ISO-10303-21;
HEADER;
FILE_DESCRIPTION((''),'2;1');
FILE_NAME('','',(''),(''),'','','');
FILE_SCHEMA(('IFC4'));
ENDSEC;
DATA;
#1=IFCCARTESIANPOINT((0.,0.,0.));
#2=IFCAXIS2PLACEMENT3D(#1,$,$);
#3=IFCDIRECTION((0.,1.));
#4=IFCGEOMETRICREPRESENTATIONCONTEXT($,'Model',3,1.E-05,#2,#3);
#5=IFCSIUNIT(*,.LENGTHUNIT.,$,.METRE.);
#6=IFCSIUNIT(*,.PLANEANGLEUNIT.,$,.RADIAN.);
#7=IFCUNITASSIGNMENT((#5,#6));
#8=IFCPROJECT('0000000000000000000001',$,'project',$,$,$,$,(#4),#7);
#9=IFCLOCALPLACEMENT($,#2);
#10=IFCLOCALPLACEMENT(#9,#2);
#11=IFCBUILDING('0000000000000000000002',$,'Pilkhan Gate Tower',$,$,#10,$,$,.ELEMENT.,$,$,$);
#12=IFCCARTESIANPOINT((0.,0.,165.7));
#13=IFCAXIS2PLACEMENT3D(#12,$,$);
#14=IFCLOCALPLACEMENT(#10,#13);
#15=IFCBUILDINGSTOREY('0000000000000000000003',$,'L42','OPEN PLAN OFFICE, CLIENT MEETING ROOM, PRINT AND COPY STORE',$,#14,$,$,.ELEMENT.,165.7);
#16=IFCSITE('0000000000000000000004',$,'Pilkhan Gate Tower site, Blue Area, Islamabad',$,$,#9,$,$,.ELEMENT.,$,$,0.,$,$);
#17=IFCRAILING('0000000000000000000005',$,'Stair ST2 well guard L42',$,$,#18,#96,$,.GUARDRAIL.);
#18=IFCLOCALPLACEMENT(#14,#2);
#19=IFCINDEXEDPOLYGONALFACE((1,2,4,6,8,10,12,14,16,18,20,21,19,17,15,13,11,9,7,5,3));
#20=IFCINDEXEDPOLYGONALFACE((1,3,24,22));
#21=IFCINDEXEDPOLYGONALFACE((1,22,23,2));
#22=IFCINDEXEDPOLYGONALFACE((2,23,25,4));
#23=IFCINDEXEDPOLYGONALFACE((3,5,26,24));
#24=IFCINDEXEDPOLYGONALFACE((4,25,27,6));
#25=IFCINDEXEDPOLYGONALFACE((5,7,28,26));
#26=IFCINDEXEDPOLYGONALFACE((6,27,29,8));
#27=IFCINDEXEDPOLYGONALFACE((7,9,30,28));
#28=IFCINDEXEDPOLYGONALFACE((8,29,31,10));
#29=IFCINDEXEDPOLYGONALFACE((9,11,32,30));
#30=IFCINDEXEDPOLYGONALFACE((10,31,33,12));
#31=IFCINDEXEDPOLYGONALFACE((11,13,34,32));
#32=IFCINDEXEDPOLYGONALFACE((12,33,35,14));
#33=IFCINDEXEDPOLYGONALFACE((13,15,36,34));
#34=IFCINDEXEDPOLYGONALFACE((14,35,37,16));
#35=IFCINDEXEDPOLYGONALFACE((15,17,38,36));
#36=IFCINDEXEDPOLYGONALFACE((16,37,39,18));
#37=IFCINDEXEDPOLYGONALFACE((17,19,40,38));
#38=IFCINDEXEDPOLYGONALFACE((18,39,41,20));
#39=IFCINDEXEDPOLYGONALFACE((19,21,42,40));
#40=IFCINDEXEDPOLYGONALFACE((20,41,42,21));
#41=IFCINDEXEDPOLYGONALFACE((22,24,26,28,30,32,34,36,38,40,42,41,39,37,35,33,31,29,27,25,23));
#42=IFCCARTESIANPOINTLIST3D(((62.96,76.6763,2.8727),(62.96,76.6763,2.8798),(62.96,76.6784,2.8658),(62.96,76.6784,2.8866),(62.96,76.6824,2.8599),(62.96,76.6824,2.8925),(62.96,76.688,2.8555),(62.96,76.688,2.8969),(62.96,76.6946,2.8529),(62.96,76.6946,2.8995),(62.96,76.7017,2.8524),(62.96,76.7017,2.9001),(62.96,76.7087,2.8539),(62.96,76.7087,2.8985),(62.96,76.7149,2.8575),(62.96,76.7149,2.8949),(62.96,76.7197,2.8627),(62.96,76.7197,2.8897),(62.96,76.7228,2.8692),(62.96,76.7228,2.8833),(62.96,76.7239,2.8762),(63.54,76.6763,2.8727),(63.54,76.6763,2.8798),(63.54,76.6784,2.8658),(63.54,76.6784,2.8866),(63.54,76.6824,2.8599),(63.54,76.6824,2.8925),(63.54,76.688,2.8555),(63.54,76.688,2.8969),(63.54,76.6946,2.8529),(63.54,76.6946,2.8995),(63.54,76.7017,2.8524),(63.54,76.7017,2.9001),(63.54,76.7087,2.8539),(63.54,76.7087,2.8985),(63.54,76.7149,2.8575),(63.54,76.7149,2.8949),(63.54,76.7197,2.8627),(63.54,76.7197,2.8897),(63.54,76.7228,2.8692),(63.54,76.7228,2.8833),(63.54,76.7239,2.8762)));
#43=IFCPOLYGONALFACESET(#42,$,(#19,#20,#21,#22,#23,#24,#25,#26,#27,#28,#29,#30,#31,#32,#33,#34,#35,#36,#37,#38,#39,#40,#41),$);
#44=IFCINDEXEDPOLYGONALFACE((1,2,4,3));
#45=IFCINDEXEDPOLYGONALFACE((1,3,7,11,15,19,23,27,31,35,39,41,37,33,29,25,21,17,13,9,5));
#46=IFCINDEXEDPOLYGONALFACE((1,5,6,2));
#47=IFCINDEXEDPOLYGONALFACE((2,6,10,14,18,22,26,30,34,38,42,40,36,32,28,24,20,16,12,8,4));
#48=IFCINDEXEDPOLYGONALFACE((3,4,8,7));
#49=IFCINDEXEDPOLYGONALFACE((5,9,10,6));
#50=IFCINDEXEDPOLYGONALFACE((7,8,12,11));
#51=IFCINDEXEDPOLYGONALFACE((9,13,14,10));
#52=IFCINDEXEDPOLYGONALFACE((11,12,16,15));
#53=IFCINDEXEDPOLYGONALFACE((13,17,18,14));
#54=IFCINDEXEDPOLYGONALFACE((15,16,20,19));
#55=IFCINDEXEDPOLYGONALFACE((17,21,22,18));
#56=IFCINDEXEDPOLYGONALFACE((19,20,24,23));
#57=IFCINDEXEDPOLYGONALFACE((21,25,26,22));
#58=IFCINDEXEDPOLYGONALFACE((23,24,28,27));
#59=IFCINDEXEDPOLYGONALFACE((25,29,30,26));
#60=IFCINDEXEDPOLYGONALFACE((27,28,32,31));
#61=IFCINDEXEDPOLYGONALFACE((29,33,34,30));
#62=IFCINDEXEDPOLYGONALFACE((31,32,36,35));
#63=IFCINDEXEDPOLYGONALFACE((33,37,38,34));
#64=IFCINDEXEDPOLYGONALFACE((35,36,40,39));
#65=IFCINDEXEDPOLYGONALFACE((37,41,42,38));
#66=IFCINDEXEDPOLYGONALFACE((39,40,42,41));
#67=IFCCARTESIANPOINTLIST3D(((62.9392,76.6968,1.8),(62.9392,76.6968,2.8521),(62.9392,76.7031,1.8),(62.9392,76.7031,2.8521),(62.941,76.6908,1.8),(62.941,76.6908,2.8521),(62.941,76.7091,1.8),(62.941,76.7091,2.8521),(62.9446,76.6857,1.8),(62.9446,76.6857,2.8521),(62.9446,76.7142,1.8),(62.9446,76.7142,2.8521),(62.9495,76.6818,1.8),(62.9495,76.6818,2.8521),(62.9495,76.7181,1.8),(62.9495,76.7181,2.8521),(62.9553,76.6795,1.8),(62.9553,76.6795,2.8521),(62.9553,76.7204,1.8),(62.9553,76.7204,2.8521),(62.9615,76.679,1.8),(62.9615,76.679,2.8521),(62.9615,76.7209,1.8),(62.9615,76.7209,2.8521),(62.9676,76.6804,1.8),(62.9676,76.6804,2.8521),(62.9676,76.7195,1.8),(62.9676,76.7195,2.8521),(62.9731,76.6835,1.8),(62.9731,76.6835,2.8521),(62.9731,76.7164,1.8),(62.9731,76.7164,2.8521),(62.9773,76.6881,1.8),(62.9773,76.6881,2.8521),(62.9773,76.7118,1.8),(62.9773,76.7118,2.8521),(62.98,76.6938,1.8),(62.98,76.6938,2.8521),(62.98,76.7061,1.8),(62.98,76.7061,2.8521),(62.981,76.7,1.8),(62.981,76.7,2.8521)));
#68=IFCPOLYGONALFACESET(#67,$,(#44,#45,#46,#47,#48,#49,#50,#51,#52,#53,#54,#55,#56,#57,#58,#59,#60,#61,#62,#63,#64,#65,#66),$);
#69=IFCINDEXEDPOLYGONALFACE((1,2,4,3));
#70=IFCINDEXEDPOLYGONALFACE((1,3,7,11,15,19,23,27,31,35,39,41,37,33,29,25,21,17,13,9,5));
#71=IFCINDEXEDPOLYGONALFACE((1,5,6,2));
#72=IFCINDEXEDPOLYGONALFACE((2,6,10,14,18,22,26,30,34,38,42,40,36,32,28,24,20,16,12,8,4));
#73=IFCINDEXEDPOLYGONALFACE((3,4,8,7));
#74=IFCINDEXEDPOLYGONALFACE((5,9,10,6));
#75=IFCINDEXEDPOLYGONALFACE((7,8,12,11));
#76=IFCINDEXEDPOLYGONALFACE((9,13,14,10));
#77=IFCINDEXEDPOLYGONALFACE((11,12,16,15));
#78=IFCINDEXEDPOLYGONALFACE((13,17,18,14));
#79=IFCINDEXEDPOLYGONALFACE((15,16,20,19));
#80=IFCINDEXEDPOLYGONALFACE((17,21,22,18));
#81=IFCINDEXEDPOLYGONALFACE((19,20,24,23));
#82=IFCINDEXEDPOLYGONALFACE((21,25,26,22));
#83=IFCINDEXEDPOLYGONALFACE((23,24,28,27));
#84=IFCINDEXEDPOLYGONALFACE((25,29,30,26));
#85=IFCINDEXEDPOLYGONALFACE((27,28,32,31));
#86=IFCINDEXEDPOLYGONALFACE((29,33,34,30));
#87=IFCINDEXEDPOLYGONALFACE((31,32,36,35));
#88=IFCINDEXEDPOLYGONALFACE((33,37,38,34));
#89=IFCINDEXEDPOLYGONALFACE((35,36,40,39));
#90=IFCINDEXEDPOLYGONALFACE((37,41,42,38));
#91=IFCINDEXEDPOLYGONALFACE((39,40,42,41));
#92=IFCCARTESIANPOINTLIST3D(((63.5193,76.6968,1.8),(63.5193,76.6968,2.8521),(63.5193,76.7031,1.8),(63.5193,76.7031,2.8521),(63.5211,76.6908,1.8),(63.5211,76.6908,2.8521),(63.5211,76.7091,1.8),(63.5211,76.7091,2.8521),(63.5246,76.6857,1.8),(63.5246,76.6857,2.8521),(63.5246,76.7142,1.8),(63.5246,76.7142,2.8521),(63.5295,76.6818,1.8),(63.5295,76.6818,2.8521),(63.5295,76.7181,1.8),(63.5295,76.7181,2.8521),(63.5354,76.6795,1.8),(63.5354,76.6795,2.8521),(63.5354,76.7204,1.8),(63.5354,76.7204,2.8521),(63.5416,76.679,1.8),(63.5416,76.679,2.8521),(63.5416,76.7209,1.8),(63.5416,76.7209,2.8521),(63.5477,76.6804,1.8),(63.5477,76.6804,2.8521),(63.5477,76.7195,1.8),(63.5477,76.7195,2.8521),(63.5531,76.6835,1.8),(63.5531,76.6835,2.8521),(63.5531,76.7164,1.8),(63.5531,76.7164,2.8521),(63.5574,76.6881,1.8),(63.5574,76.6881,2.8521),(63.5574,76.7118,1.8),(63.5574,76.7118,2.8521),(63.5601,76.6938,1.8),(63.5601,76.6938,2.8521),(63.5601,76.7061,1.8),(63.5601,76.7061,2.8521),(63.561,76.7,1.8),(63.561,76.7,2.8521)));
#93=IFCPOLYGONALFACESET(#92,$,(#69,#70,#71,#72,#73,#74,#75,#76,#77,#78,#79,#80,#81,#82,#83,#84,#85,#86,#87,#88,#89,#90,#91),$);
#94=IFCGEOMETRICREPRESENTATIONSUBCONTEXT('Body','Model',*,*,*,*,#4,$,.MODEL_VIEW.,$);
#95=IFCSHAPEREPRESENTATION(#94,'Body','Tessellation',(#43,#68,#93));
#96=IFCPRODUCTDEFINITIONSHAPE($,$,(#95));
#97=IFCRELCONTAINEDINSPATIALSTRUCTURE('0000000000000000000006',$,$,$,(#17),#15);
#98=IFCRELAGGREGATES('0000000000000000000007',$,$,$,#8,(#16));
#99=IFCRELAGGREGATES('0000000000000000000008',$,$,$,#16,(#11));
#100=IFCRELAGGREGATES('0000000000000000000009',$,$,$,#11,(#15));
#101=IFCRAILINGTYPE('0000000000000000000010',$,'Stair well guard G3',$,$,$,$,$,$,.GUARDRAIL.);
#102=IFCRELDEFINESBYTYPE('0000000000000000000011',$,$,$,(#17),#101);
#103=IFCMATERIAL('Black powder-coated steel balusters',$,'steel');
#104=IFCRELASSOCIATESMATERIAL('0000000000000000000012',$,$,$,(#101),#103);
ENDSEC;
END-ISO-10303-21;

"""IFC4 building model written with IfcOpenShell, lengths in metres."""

from ifc_helpers import new_model, si_unit, direction, frame, origin, origin_2d, place, context, subcontext, project, spatial, circle, extrude, material, type_object, element, save


model = new_model("IFC4")

# Units and contexts
model_context = context("Model", 3, precision=1e-05, world=origin(), true_north=direction((0.0, 1.0)))
body_context = subcontext(model_context, "Body", "Model", "MODEL_VIEW")
ifc_project = project(units=[si_unit("LENGTHUNIT", "METRE"), si_unit("PLANEANGLEUNIT", "RADIAN")], contexts=[model_context])

# Site, building, storey
site_placement = place(None, origin())
site = spatial("IfcSite", under=ifc_project, at=site_placement, Name="Pilkhan Gate Tower site, Blue Area, Islamabad", CompositionType="ELEMENT", RefElevation=0.0)
building_placement = place(site_placement, origin())
building = spatial("IfcBuilding", under=site, at=building_placement, Name="Pilkhan Gate Tower", CompositionType="ELEMENT")
storey_placement = place(building_placement, frame((0.0, 0.0, 165.7)))
storey = spatial("IfcBuildingStorey", under=building, at=storey_placement, Name="L42", Description="OPEN PLAN OFFICE, CLIENT MEETING ROOM, PRINT AND COPY STORE", CompositionType="ELEMENT", Elevation=165.7)

# Railing
ifc_material_1 = material(Name="Black powder-coated steel balusters", Category="steel")
railing_type_1 = type_object("IfcRailingType", Name="Stair well guard G3", PredefinedType="GUARDRAIL", material=ifc_material_1)
for number, where, name in (
    (1, (62.96, 76.7, 1.8), "Stair ST2 well guard L42"),
):
    element("IfcRailing", number, at=place(storey_placement, frame(where)), inside=storey, type_object=railing_type_1, Name=name, PredefinedType="GUARDRAIL", context=body_context, shape_type="SweptSolid", body=[
        extrude(circle(Radius=0.0239, at=origin_2d()), frame((0.0, 0.0, 1.0762), z_axis=(1.0, 0.0, 0.0), x_axis=(0.0, 1.0, 0.0)), (0.0, 0.0, 1.0), 0.5801),
        extrude(circle(Radius=0.021, at=origin_2d()), origin(), (0.0, 0.0, 1.0), 1.052),
        extrude(circle(Radius=0.021, at=origin_2d()), frame((0.5801, 0.0, 0.0)), (0.0, 0.0, 1.0), 1.052),
    ])

save(model, "model.ifc")
